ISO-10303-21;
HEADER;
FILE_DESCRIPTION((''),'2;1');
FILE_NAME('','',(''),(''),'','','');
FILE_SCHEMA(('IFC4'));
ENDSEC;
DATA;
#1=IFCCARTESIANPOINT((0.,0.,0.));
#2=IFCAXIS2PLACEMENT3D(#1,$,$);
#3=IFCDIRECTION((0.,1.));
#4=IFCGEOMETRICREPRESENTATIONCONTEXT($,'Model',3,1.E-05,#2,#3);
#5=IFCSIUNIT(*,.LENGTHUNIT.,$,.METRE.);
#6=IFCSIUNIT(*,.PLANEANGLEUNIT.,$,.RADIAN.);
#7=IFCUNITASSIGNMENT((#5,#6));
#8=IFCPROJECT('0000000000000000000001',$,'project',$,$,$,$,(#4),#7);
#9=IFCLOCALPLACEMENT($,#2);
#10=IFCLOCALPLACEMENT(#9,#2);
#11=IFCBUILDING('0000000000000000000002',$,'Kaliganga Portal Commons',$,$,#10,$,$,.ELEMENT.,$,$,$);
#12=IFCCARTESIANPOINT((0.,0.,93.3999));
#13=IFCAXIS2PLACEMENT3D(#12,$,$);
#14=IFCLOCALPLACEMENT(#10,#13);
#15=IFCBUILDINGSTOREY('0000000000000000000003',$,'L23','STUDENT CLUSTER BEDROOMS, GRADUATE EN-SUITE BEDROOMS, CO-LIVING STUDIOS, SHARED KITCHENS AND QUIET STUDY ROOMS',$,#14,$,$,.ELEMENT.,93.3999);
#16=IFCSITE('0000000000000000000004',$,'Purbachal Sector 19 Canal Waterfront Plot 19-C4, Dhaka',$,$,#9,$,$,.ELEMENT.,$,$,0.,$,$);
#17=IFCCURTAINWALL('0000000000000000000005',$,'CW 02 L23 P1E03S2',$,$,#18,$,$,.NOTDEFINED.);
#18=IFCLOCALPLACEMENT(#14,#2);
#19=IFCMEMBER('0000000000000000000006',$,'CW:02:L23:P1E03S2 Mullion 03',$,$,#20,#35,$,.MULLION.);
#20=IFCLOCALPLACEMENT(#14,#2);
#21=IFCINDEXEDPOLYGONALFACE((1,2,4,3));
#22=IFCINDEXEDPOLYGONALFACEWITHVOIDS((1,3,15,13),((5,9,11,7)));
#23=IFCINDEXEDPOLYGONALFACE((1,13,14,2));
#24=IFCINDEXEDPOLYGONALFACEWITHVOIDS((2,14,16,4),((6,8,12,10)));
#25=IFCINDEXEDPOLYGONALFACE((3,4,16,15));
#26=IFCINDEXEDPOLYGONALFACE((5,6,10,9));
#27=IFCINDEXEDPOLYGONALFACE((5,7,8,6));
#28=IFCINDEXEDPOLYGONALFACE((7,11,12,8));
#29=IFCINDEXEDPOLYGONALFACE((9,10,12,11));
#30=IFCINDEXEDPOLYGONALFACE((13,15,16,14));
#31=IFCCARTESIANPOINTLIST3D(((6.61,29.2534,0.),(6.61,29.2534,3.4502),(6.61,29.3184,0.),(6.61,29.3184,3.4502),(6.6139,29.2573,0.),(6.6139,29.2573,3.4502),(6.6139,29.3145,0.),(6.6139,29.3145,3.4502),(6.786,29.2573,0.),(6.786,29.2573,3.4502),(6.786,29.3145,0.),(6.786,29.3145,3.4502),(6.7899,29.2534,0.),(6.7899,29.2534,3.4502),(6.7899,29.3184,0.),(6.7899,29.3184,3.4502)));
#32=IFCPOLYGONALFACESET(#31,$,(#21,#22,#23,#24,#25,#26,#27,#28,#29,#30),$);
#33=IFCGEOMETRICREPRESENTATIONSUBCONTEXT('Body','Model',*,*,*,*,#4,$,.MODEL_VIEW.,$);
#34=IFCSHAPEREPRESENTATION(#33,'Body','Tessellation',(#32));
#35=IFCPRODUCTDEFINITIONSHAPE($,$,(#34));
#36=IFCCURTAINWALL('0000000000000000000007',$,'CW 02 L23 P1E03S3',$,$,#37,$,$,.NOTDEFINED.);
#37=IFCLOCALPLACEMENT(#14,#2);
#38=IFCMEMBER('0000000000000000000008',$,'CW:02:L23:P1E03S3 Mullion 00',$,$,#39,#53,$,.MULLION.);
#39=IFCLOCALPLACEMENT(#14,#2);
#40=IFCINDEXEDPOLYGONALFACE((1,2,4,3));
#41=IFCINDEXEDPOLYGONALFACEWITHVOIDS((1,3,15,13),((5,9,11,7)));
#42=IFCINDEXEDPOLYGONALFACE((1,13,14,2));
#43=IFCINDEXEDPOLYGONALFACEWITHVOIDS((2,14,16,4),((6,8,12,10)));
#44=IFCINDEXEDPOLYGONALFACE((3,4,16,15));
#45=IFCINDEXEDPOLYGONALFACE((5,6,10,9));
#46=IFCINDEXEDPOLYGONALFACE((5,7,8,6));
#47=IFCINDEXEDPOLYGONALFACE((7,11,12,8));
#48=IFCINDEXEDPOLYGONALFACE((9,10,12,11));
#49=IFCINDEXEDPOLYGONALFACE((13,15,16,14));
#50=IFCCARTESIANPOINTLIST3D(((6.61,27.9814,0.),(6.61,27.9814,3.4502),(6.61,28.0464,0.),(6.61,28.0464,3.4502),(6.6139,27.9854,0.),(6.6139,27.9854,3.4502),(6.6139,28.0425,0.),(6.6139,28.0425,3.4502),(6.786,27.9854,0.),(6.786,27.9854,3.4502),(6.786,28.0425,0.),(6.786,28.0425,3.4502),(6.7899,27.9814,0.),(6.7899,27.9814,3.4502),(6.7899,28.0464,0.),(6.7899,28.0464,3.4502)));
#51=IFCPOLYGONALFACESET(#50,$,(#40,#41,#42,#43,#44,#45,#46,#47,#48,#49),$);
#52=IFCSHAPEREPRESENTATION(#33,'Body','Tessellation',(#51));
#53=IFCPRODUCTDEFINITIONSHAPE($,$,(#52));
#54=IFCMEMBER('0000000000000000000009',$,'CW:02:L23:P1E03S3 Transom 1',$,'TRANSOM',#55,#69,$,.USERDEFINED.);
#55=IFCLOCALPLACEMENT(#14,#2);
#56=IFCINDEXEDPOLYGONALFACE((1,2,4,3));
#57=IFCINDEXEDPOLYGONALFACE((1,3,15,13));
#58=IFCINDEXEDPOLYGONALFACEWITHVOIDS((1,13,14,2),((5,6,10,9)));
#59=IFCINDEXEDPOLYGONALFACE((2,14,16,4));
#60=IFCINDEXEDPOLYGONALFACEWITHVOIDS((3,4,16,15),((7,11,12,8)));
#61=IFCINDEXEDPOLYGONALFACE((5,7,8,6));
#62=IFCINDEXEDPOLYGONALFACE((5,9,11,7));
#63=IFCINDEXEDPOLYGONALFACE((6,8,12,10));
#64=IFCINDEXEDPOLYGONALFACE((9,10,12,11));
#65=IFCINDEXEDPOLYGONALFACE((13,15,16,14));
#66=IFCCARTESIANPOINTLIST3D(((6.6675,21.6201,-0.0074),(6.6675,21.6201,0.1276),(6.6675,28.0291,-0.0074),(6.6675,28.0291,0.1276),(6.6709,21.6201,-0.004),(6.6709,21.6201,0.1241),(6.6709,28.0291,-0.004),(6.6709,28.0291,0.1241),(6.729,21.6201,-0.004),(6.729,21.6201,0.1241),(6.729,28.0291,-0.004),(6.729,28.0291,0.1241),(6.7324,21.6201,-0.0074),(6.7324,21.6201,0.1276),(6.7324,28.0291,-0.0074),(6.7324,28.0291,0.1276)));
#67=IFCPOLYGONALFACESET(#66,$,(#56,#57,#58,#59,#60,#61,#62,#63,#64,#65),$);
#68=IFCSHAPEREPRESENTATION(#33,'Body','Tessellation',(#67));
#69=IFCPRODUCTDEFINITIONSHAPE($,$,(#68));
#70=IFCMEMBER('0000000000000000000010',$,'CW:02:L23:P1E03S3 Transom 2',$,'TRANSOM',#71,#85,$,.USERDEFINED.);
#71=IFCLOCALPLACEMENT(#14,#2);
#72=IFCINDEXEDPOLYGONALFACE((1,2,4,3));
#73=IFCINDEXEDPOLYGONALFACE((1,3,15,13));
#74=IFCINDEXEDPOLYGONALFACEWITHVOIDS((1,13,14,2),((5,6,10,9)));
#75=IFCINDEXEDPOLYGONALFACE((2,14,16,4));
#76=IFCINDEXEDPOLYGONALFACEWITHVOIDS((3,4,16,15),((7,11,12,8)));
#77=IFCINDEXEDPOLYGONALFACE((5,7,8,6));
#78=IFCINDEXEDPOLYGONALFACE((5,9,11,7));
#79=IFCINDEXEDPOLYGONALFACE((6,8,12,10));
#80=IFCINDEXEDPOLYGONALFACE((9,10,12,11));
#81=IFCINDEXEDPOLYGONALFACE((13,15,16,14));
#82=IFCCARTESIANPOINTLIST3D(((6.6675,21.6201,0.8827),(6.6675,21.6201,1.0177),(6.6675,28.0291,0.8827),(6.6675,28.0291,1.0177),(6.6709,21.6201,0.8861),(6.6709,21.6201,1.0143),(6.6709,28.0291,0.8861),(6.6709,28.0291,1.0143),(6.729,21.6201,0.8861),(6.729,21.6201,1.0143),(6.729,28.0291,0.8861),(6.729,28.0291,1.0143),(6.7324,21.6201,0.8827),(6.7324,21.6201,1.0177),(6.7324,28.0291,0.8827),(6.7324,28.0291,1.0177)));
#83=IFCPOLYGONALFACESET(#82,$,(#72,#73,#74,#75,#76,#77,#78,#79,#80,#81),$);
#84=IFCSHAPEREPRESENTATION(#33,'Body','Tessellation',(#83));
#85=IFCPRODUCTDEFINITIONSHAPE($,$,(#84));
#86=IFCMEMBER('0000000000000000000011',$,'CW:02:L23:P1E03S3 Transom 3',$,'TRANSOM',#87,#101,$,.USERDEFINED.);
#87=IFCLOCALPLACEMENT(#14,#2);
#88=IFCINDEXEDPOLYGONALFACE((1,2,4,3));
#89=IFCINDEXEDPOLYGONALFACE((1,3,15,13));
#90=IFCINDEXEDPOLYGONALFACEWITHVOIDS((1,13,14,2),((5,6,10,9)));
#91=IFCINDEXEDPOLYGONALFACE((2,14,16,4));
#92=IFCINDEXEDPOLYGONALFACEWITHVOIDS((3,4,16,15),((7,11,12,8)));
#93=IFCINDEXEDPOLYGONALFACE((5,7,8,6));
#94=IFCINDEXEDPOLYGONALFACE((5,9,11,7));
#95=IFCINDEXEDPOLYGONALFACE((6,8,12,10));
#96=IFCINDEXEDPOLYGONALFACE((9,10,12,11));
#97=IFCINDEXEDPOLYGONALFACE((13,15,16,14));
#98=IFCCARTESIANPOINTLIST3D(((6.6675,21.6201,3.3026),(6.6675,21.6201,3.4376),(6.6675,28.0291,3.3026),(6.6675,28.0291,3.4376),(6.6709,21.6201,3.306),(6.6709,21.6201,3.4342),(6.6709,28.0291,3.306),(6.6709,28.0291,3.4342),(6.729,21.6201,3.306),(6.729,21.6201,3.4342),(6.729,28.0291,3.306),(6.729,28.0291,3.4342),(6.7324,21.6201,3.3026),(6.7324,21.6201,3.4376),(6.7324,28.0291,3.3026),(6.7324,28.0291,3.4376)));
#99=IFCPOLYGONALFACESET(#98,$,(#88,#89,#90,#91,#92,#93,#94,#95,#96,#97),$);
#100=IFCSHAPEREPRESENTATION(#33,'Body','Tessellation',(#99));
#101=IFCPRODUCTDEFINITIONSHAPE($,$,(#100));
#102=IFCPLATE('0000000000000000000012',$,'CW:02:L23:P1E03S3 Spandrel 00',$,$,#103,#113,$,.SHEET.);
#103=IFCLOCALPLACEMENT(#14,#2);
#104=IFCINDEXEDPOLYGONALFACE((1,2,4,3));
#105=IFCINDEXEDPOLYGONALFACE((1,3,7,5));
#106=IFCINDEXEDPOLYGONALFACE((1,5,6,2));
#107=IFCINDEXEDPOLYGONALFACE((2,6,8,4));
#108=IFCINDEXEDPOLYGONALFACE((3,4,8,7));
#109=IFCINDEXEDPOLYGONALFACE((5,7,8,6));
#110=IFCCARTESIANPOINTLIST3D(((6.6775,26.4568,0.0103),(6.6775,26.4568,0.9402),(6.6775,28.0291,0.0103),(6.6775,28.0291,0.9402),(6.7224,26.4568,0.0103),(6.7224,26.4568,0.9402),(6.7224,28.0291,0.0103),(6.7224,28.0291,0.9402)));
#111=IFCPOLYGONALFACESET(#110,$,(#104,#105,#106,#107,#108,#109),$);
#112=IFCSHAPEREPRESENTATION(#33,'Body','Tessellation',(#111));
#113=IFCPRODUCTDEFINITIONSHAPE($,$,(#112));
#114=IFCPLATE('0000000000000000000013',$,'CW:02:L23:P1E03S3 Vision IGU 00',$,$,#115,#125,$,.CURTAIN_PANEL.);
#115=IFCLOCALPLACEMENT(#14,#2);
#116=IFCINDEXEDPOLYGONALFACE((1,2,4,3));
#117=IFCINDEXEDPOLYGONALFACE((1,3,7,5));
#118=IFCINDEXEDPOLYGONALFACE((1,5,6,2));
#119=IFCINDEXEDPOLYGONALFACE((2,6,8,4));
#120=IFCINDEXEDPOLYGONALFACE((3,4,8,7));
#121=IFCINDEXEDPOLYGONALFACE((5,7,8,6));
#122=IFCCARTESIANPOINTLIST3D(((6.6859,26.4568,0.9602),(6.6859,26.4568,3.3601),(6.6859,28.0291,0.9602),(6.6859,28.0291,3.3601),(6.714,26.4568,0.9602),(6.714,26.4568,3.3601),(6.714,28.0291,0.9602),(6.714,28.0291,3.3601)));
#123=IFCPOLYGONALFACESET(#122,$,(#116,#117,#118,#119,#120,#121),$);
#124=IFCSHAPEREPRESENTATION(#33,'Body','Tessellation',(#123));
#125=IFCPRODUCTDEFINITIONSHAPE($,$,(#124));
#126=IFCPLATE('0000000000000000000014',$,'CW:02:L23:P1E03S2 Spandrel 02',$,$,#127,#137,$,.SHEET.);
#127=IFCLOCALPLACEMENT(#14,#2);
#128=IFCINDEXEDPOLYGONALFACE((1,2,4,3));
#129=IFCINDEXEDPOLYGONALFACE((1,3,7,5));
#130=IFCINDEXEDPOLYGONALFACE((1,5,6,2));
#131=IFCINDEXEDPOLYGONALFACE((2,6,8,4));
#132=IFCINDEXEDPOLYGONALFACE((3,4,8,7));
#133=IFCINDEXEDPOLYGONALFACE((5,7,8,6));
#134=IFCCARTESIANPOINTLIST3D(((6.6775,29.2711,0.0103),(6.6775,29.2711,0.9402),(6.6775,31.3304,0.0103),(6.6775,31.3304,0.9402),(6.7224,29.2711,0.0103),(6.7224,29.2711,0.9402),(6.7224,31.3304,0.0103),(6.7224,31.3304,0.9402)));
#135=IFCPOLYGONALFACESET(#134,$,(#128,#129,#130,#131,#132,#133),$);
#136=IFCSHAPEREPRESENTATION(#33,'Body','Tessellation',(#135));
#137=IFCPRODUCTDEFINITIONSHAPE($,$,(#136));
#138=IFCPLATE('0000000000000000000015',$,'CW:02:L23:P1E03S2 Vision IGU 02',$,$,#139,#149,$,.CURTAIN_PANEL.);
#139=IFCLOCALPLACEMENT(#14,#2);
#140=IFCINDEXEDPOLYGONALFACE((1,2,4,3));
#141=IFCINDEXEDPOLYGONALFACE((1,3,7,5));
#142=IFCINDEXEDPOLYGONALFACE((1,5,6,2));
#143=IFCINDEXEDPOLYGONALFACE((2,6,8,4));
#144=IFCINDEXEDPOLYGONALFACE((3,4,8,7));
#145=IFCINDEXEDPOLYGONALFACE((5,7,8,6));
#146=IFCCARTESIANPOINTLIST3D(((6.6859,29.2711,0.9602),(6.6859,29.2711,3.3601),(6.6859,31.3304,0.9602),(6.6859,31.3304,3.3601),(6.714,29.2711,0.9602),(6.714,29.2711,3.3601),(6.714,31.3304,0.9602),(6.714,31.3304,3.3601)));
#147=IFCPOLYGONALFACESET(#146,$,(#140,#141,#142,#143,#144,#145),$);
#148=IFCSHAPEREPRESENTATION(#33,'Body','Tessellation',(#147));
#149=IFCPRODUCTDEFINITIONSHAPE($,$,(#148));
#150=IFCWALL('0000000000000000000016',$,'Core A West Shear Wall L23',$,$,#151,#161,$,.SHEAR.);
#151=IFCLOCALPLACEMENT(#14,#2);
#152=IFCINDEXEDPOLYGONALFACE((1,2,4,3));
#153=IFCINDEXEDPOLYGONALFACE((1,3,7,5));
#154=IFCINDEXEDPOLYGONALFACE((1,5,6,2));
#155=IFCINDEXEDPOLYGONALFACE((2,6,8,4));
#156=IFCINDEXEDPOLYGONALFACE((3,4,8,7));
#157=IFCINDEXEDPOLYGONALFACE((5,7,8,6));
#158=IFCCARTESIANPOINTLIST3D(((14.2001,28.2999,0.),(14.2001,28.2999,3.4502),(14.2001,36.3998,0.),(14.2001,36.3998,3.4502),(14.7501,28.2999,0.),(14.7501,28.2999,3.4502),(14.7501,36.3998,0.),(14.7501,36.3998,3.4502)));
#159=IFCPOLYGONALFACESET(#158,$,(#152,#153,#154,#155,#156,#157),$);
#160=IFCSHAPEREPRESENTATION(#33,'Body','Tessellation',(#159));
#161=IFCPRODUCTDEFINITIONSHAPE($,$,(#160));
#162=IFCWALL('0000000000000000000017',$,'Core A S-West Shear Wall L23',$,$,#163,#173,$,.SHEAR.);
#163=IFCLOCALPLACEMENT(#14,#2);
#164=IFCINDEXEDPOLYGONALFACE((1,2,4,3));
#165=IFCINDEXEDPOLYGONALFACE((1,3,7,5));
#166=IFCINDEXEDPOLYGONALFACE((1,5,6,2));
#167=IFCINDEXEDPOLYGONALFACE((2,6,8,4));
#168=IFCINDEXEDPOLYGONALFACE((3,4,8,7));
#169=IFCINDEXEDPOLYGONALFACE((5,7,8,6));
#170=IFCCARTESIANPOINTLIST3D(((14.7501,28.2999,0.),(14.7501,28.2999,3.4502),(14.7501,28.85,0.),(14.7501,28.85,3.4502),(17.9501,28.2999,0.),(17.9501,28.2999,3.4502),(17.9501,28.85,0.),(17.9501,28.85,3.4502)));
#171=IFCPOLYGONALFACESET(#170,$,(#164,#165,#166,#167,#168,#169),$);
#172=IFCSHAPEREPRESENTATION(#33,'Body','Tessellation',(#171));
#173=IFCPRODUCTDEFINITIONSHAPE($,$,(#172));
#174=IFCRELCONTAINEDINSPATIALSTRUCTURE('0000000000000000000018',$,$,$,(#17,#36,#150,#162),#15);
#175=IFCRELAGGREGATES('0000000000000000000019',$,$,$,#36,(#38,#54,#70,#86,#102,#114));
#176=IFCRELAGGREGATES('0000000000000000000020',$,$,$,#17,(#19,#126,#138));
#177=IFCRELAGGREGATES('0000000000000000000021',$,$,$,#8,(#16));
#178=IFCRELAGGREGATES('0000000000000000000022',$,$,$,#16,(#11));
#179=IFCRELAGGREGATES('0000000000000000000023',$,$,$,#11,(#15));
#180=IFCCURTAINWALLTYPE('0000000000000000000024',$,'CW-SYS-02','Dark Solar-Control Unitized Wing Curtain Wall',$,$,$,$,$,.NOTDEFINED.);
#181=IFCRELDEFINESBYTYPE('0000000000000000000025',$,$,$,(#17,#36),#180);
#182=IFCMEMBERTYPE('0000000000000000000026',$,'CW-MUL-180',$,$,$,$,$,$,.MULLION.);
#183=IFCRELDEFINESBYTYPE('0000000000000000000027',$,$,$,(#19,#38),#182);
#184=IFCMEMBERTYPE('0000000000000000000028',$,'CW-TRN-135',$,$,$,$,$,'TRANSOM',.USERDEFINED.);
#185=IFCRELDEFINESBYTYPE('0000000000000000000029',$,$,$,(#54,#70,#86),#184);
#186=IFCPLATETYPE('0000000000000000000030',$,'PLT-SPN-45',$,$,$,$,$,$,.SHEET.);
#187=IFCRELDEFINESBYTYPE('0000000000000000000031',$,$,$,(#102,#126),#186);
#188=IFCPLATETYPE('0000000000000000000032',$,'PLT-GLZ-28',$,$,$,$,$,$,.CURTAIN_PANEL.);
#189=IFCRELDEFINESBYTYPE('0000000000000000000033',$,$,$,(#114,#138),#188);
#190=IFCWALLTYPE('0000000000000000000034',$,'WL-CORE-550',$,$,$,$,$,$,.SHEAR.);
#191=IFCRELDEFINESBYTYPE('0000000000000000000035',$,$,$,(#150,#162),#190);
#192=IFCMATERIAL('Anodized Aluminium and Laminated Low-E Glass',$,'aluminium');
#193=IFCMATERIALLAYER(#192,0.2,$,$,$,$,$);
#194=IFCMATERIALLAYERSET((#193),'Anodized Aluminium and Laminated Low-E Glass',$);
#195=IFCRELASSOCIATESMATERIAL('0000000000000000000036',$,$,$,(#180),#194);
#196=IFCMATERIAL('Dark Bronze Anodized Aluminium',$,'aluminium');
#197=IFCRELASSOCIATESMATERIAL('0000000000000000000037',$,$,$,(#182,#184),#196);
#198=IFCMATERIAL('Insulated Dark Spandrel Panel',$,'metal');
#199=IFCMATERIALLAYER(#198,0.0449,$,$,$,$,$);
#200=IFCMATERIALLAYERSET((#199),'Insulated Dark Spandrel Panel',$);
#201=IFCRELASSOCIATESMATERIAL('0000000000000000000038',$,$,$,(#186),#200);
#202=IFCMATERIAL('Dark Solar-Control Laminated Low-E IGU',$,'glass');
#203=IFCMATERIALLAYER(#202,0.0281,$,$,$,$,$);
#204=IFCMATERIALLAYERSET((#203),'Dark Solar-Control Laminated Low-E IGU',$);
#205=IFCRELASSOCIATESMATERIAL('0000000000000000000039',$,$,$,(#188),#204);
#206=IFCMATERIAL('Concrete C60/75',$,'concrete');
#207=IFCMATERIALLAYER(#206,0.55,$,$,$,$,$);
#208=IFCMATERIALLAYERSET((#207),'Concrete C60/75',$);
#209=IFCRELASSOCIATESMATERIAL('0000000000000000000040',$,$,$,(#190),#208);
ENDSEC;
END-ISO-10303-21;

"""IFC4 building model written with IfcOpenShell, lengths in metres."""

from ifc_helpers import new_model, si_unit, direction, frame, frame_2d, origin, origin_2d, place, context, subcontext, project, spatial, rectangle, hollow_rectangle, extrude, source, transform, mapped, material, layer, layer_set, material_profile, profile_set, type_object, element, aggregate, save


model = new_model("IFC4")

# Units and contexts
model_context = context("Model", 3, precision=1e-05, world=origin(), true_north=direction((0.0, 1.0)))
body_context = subcontext(model_context, "Body", "Model", "MODEL_VIEW")
ifc_project = project(units=[si_unit("LENGTHUNIT", "METRE"), si_unit("PLANEANGLEUNIT", "RADIAN")], contexts=[model_context])

# Site, building, storey
site_placement = place(None, origin())
site = spatial("IfcSite", under=ifc_project, at=site_placement, Name="Purbachal Sector 19 Canal Waterfront Plot 19-C4, Dhaka", CompositionType="ELEMENT", RefElevation=0.0)
building_placement = place(site_placement, origin())
building = spatial("IfcBuilding", under=site, at=building_placement, Name="Kaliganga Portal Commons", CompositionType="ELEMENT")
storey_placement = place(building_placement, frame((0.0, 0.0, 93.3999)))
storey = spatial("IfcBuildingStorey", under=building, at=storey_placement, Name="L23", Description="STUDENT CLUSTER BEDROOMS, GRADUATE EN-SUITE BEDROOMS, CO-LIVING STUDIOS, SHARED KITCHENS AND QUIET STUDY ROOMS", CompositionType="ELEMENT", Elevation=93.3999)

# Shared definitions
ifc_material_1 = material(Name="Concrete C60/75", Category="concrete")

# Curtain wall, member
ifc_material_2 = material(Name="Anodized Aluminium and Laminated Low-E Glass", Category="aluminium")
ifc_layer_1 = layer(ifc_material_2, 0.2)
ifc_layer_set_1 = layer_set([ifc_layer_1], Name="Anodized Aluminium and Laminated Low-E Glass")
curtain_wall_type = type_object("IfcCurtainWallType", Name="CW-SYS-02", Description="Dark Solar-Control Unitized Wing Curtain Wall", PredefinedType="NOTDEFINED", material=ifc_layer_set_1)
curtain_wall_1_placement = place(storey_placement, origin())
curtain_wall_1 = element("IfcCurtainWall", 1, at=curtain_wall_1_placement, inside=storey, type_object=curtain_wall_type, Name="CW 02 L23 P1E03S2", PredefinedType="NOTDEFINED")
ifc_material_3 = material(Name="Dark Bronze Anodized Aluminium", Category="aluminium")
ifc_material_profile_1 = material_profile(ifc_material_3, hollow_rectangle(XDim=0.0649, YDim=0.1799, WallThickness=0.0039, at=origin_2d()), Name="ALU MULL 65x180x4")
ifc_profile_set_1 = profile_set([ifc_material_profile_1], Name="Dark Bronze Anodized Aluminium")
member_type_1 = type_object("IfcMemberType", Name="CW-MUL-180", PredefinedType="MULLION", material=ifc_profile_set_1)
shared_shape_1 = source(origin(), body_context, "Body", "SweptSolid", [
    extrude(hollow_rectangle(XDim=0.0649, YDim=0.1799, WallThickness=0.0039, at=origin_2d()), origin(), (0.0, 0.0, 1.0), 3.4502),
])
member_1_placement = place(storey_placement, frame((6.7, 29.2859, 0.0), z_axis=(0.0, 0.0, 1.0), x_axis=(0.0, -1.0, 0.0)))
member_1 = element("IfcMember", 2, at=member_1_placement, type_object=member_type_1, Name="CW:02:L23:P1E03S2 Mullion 03", PredefinedType="MULLION", context=body_context, shape_type="MappedRepresentation", body=[
    mapped(shared_shape_1, transform((0.0, 0.0, 0.0), x_axis=(1.0, 0.0, 0.0), y_axis=(0.0, 1.0, 0.0), z_axis=(0.0, 0.0, 1.0), scale=1.0)),
])

# Curtain wall, members, plates
curtain_wall_2_placement = place(storey_placement, origin())
curtain_wall_2 = element("IfcCurtainWall", 3, at=curtain_wall_2_placement, inside=storey, type_object=curtain_wall_type, Name="CW 02 L23 P1E03S3", PredefinedType="NOTDEFINED")
member_2_placement = place(storey_placement, frame((6.7, 28.0139, 0.0), z_axis=(0.0, 0.0, 1.0), x_axis=(0.0, -1.0, 0.0)))
member_2 = element("IfcMember", 4, at=member_2_placement, type_object=member_type_1, Name="CW:02:L23:P1E03S3 Mullion 00", PredefinedType="MULLION", context=body_context, shape_type="MappedRepresentation", body=[
    mapped(shared_shape_1, transform((0.0, 0.0, 0.0), x_axis=(1.0, 0.0, 0.0), y_axis=(0.0, 1.0, 0.0), z_axis=(0.0, 0.0, 1.0), scale=1.0)),
])
ifc_material_profile_2 = material_profile(ifc_material_3, hollow_rectangle(XDim=0.0649, YDim=0.135, WallThickness=0.0034, at=origin_2d()), Name="ALU TRAN 65x135x3.5")
ifc_profile_set_2 = profile_set([ifc_material_profile_2], Name="Dark Bronze Anodized Aluminium")
member_type_2 = type_object("IfcMemberType", Name="CW-TRN-135", ElementType="TRANSOM", PredefinedType="USERDEFINED", material=ifc_profile_set_2)
shared_shape_2 = source(origin(), body_context, "Body", "SweptSolid", [
    extrude(hollow_rectangle(XDim=0.0649, YDim=0.135, WallThickness=0.0034, at=origin_2d()), origin(), (0.0, 0.0, 1.0), 6.4089),
])
member_3_placement = place(storey_placement, frame((6.7, 28.0291, 0.0601), z_axis=(0.0, -1.0, 0.0), x_axis=(1.0, 0.0, 0.0)))
member_3 = element("IfcMember", 5, at=member_3_placement, type_object=member_type_2, Name="CW:02:L23:P1E03S3 Transom 1", ObjectType="TRANSOM", PredefinedType="USERDEFINED", context=body_context, shape_type="MappedRepresentation", body=[
    mapped(shared_shape_2, transform((0.0, 0.0, 0.0), x_axis=(1.0, 0.0, 0.0), y_axis=(0.0, 1.0, 0.0), z_axis=(0.0, 0.0, 1.0), scale=1.0)),
])
member_4_placement = place(storey_placement, frame((6.7, 28.0291, 0.9502), z_axis=(0.0, -1.0, 0.0), x_axis=(1.0, 0.0, 0.0)))
member_4 = element("IfcMember", 6, at=member_4_placement, type_object=member_type_2, Name="CW:02:L23:P1E03S3 Transom 2", ObjectType="TRANSOM", PredefinedType="USERDEFINED", context=body_context, shape_type="MappedRepresentation", body=[
    mapped(shared_shape_2, transform((0.0, 0.0, 0.0), x_axis=(1.0, 0.0, 0.0), y_axis=(0.0, 1.0, 0.0), z_axis=(0.0, 0.0, 1.0), scale=1.0)),
])
member_5_placement = place(storey_placement, frame((6.7, 28.0291, 3.3701), z_axis=(0.0, -1.0, 0.0), x_axis=(1.0, 0.0, 0.0)))
member_5 = element("IfcMember", 7, at=member_5_placement, type_object=member_type_2, Name="CW:02:L23:P1E03S3 Transom 3", ObjectType="TRANSOM", PredefinedType="USERDEFINED", context=body_context, shape_type="MappedRepresentation", body=[
    mapped(shared_shape_2, transform((0.0, 0.0, 0.0), x_axis=(1.0, 0.0, 0.0), y_axis=(0.0, 1.0, 0.0), z_axis=(0.0, 0.0, 1.0), scale=1.0)),
])
ifc_material_4 = material(Name="Insulated Dark Spandrel Panel", Category="metal")
ifc_layer_2 = layer(ifc_material_4, 0.0449)
ifc_layer_set_2 = layer_set([ifc_layer_2], Name="Insulated Dark Spandrel Panel")
plate_type_1 = type_object("IfcPlateType", Name="PLT-SPN-45", PredefinedType="SHEET", material=ifc_layer_set_2)
shared_shape_3 = source(origin(), body_context, "Body", "SweptSolid", [
    extrude(rectangle(XDim=1.5723, YDim=0.0449, at=origin_2d()), origin(), (0.0, 0.0, 1.0), 0.9299),
])
plate_1_placement = place(storey_placement, frame((6.7, 27.2429, 0.0103), z_axis=(0.0, 0.0, 1.0), x_axis=(0.0, -1.0, 0.0)))
plate_1 = element("IfcPlate", 8, at=plate_1_placement, type_object=plate_type_1, Name="CW:02:L23:P1E03S3 Spandrel 00", PredefinedType="SHEET", context=body_context, shape_type="MappedRepresentation", body=[
    mapped(shared_shape_3, transform((0.0, 0.0, 0.0), x_axis=(1.0, 0.0, 0.0), y_axis=(0.0, 1.0, 0.0), z_axis=(0.0, 0.0, 1.0), scale=1.0)),
])
ifc_material_5 = material(Name="Dark Solar-Control Laminated Low-E IGU", Category="glass")
ifc_layer_3 = layer(ifc_material_5, 0.0281)
ifc_layer_set_3 = layer_set([ifc_layer_3], Name="Dark Solar-Control Laminated Low-E IGU")
plate_type_2 = type_object("IfcPlateType", Name="PLT-GLZ-28", PredefinedType="CURTAIN_PANEL", material=ifc_layer_set_3)
shared_shape_4 = source(origin(), body_context, "Body", "SweptSolid", [
    extrude(rectangle(XDim=1.5723, YDim=0.0281, at=origin_2d()), origin(), (0.0, 0.0, 1.0), 2.3999),
])
plate_2_placement = place(storey_placement, frame((6.7, 27.2429, 0.9602), z_axis=(0.0, 0.0, 1.0), x_axis=(0.0, -1.0, 0.0)))
plate_2 = element("IfcPlate", 9, at=plate_2_placement, type_object=plate_type_2, Name="CW:02:L23:P1E03S3 Vision IGU 00", PredefinedType="CURTAIN_PANEL", context=body_context, shape_type="MappedRepresentation", body=[
    mapped(shared_shape_4, transform((0.0, 0.0, 0.0), x_axis=(1.0, 0.0, 0.0), y_axis=(0.0, 1.0, 0.0), z_axis=(0.0, 0.0, 1.0), scale=1.0)),
])
aggregate(curtain_wall_2, [member_2, member_3, member_4, member_5, plate_1, plate_2])

# Plates
shared_shape_5 = source(origin(), body_context, "Body", "SweptSolid", [
    extrude(rectangle(XDim=2.0593, YDim=0.0449, at=origin_2d()), origin(), (0.0, 0.0, 1.0), 0.9299),
])
plate_3_placement = place(storey_placement, frame((6.7, 30.3008, 0.0103), z_axis=(0.0, 0.0, 1.0), x_axis=(0.0, -1.0, 0.0)))
plate_3 = element("IfcPlate", 10, at=plate_3_placement, type_object=plate_type_1, Name="CW:02:L23:P1E03S2 Spandrel 02", PredefinedType="SHEET", context=body_context, shape_type="MappedRepresentation", body=[
    mapped(shared_shape_5, transform((0.0, 0.0, 0.0), x_axis=(1.0, 0.0, 0.0), y_axis=(0.0, 1.0, 0.0), z_axis=(0.0, 0.0, 1.0), scale=1.0)),
])
shared_shape_6 = source(origin(), body_context, "Body", "SweptSolid", [
    extrude(rectangle(XDim=2.0593, YDim=0.0281, at=origin_2d()), origin(), (0.0, 0.0, 1.0), 2.3999),
])
plate_4_placement = place(storey_placement, frame((6.7, 30.3008, 0.9602), z_axis=(0.0, 0.0, 1.0), x_axis=(0.0, -1.0, 0.0)))
plate_4 = element("IfcPlate", 11, at=plate_4_placement, type_object=plate_type_2, Name="CW:02:L23:P1E03S2 Vision IGU 02", PredefinedType="CURTAIN_PANEL", context=body_context, shape_type="MappedRepresentation", body=[
    mapped(shared_shape_6, transform((0.0, 0.0, 0.0), x_axis=(1.0, 0.0, 0.0), y_axis=(0.0, 1.0, 0.0), z_axis=(0.0, 0.0, 1.0), scale=1.0)),
])
aggregate(curtain_wall_1, [member_1, plate_3, plate_4])

# Walls
ifc_layer_4 = layer(ifc_material_1, 0.55)
ifc_layer_set_4 = layer_set([ifc_layer_4], Name="Concrete C60/75")
wall_type_1 = type_object("IfcWallType", Name="WL-CORE-550", PredefinedType="SHEAR", material=ifc_layer_set_4)
wall_1_placement = place(storey_placement, frame((14.4751, 28.3, 0.0), z_axis=(0.0, 0.0, 1.0), x_axis=(0.0, 1.0, 0.0)))
element("IfcWall", 12, at=wall_1_placement, inside=storey, type_object=wall_type_1, Name="Core A West Shear Wall L23", PredefinedType="SHEAR", context=body_context, shape_type="SweptSolid", body=[
    extrude(rectangle(XDim=8.0999, YDim=0.55, at=frame_2d((4.0498, 0.0))), origin(), (0.0, 0.0, 1.0), 3.4502),
])
wall_2_placement = place(storey_placement, frame((14.75, 28.575, 0.0), z_axis=(0.0, 0.0, 1.0), x_axis=(1.0, 0.0, 0.0)))
element("IfcWall", 13, at=wall_2_placement, inside=storey, type_object=wall_type_1, Name="Core A S-West Shear Wall L23", PredefinedType="SHEAR", context=body_context, shape_type="SweptSolid", body=[
    extrude(rectangle(XDim=3.2, YDim=0.55, at=frame_2d((1.6001, 0.0))), origin(), (0.0, 0.0, 1.0), 3.4502),
])

save(model, "model.ifc")
